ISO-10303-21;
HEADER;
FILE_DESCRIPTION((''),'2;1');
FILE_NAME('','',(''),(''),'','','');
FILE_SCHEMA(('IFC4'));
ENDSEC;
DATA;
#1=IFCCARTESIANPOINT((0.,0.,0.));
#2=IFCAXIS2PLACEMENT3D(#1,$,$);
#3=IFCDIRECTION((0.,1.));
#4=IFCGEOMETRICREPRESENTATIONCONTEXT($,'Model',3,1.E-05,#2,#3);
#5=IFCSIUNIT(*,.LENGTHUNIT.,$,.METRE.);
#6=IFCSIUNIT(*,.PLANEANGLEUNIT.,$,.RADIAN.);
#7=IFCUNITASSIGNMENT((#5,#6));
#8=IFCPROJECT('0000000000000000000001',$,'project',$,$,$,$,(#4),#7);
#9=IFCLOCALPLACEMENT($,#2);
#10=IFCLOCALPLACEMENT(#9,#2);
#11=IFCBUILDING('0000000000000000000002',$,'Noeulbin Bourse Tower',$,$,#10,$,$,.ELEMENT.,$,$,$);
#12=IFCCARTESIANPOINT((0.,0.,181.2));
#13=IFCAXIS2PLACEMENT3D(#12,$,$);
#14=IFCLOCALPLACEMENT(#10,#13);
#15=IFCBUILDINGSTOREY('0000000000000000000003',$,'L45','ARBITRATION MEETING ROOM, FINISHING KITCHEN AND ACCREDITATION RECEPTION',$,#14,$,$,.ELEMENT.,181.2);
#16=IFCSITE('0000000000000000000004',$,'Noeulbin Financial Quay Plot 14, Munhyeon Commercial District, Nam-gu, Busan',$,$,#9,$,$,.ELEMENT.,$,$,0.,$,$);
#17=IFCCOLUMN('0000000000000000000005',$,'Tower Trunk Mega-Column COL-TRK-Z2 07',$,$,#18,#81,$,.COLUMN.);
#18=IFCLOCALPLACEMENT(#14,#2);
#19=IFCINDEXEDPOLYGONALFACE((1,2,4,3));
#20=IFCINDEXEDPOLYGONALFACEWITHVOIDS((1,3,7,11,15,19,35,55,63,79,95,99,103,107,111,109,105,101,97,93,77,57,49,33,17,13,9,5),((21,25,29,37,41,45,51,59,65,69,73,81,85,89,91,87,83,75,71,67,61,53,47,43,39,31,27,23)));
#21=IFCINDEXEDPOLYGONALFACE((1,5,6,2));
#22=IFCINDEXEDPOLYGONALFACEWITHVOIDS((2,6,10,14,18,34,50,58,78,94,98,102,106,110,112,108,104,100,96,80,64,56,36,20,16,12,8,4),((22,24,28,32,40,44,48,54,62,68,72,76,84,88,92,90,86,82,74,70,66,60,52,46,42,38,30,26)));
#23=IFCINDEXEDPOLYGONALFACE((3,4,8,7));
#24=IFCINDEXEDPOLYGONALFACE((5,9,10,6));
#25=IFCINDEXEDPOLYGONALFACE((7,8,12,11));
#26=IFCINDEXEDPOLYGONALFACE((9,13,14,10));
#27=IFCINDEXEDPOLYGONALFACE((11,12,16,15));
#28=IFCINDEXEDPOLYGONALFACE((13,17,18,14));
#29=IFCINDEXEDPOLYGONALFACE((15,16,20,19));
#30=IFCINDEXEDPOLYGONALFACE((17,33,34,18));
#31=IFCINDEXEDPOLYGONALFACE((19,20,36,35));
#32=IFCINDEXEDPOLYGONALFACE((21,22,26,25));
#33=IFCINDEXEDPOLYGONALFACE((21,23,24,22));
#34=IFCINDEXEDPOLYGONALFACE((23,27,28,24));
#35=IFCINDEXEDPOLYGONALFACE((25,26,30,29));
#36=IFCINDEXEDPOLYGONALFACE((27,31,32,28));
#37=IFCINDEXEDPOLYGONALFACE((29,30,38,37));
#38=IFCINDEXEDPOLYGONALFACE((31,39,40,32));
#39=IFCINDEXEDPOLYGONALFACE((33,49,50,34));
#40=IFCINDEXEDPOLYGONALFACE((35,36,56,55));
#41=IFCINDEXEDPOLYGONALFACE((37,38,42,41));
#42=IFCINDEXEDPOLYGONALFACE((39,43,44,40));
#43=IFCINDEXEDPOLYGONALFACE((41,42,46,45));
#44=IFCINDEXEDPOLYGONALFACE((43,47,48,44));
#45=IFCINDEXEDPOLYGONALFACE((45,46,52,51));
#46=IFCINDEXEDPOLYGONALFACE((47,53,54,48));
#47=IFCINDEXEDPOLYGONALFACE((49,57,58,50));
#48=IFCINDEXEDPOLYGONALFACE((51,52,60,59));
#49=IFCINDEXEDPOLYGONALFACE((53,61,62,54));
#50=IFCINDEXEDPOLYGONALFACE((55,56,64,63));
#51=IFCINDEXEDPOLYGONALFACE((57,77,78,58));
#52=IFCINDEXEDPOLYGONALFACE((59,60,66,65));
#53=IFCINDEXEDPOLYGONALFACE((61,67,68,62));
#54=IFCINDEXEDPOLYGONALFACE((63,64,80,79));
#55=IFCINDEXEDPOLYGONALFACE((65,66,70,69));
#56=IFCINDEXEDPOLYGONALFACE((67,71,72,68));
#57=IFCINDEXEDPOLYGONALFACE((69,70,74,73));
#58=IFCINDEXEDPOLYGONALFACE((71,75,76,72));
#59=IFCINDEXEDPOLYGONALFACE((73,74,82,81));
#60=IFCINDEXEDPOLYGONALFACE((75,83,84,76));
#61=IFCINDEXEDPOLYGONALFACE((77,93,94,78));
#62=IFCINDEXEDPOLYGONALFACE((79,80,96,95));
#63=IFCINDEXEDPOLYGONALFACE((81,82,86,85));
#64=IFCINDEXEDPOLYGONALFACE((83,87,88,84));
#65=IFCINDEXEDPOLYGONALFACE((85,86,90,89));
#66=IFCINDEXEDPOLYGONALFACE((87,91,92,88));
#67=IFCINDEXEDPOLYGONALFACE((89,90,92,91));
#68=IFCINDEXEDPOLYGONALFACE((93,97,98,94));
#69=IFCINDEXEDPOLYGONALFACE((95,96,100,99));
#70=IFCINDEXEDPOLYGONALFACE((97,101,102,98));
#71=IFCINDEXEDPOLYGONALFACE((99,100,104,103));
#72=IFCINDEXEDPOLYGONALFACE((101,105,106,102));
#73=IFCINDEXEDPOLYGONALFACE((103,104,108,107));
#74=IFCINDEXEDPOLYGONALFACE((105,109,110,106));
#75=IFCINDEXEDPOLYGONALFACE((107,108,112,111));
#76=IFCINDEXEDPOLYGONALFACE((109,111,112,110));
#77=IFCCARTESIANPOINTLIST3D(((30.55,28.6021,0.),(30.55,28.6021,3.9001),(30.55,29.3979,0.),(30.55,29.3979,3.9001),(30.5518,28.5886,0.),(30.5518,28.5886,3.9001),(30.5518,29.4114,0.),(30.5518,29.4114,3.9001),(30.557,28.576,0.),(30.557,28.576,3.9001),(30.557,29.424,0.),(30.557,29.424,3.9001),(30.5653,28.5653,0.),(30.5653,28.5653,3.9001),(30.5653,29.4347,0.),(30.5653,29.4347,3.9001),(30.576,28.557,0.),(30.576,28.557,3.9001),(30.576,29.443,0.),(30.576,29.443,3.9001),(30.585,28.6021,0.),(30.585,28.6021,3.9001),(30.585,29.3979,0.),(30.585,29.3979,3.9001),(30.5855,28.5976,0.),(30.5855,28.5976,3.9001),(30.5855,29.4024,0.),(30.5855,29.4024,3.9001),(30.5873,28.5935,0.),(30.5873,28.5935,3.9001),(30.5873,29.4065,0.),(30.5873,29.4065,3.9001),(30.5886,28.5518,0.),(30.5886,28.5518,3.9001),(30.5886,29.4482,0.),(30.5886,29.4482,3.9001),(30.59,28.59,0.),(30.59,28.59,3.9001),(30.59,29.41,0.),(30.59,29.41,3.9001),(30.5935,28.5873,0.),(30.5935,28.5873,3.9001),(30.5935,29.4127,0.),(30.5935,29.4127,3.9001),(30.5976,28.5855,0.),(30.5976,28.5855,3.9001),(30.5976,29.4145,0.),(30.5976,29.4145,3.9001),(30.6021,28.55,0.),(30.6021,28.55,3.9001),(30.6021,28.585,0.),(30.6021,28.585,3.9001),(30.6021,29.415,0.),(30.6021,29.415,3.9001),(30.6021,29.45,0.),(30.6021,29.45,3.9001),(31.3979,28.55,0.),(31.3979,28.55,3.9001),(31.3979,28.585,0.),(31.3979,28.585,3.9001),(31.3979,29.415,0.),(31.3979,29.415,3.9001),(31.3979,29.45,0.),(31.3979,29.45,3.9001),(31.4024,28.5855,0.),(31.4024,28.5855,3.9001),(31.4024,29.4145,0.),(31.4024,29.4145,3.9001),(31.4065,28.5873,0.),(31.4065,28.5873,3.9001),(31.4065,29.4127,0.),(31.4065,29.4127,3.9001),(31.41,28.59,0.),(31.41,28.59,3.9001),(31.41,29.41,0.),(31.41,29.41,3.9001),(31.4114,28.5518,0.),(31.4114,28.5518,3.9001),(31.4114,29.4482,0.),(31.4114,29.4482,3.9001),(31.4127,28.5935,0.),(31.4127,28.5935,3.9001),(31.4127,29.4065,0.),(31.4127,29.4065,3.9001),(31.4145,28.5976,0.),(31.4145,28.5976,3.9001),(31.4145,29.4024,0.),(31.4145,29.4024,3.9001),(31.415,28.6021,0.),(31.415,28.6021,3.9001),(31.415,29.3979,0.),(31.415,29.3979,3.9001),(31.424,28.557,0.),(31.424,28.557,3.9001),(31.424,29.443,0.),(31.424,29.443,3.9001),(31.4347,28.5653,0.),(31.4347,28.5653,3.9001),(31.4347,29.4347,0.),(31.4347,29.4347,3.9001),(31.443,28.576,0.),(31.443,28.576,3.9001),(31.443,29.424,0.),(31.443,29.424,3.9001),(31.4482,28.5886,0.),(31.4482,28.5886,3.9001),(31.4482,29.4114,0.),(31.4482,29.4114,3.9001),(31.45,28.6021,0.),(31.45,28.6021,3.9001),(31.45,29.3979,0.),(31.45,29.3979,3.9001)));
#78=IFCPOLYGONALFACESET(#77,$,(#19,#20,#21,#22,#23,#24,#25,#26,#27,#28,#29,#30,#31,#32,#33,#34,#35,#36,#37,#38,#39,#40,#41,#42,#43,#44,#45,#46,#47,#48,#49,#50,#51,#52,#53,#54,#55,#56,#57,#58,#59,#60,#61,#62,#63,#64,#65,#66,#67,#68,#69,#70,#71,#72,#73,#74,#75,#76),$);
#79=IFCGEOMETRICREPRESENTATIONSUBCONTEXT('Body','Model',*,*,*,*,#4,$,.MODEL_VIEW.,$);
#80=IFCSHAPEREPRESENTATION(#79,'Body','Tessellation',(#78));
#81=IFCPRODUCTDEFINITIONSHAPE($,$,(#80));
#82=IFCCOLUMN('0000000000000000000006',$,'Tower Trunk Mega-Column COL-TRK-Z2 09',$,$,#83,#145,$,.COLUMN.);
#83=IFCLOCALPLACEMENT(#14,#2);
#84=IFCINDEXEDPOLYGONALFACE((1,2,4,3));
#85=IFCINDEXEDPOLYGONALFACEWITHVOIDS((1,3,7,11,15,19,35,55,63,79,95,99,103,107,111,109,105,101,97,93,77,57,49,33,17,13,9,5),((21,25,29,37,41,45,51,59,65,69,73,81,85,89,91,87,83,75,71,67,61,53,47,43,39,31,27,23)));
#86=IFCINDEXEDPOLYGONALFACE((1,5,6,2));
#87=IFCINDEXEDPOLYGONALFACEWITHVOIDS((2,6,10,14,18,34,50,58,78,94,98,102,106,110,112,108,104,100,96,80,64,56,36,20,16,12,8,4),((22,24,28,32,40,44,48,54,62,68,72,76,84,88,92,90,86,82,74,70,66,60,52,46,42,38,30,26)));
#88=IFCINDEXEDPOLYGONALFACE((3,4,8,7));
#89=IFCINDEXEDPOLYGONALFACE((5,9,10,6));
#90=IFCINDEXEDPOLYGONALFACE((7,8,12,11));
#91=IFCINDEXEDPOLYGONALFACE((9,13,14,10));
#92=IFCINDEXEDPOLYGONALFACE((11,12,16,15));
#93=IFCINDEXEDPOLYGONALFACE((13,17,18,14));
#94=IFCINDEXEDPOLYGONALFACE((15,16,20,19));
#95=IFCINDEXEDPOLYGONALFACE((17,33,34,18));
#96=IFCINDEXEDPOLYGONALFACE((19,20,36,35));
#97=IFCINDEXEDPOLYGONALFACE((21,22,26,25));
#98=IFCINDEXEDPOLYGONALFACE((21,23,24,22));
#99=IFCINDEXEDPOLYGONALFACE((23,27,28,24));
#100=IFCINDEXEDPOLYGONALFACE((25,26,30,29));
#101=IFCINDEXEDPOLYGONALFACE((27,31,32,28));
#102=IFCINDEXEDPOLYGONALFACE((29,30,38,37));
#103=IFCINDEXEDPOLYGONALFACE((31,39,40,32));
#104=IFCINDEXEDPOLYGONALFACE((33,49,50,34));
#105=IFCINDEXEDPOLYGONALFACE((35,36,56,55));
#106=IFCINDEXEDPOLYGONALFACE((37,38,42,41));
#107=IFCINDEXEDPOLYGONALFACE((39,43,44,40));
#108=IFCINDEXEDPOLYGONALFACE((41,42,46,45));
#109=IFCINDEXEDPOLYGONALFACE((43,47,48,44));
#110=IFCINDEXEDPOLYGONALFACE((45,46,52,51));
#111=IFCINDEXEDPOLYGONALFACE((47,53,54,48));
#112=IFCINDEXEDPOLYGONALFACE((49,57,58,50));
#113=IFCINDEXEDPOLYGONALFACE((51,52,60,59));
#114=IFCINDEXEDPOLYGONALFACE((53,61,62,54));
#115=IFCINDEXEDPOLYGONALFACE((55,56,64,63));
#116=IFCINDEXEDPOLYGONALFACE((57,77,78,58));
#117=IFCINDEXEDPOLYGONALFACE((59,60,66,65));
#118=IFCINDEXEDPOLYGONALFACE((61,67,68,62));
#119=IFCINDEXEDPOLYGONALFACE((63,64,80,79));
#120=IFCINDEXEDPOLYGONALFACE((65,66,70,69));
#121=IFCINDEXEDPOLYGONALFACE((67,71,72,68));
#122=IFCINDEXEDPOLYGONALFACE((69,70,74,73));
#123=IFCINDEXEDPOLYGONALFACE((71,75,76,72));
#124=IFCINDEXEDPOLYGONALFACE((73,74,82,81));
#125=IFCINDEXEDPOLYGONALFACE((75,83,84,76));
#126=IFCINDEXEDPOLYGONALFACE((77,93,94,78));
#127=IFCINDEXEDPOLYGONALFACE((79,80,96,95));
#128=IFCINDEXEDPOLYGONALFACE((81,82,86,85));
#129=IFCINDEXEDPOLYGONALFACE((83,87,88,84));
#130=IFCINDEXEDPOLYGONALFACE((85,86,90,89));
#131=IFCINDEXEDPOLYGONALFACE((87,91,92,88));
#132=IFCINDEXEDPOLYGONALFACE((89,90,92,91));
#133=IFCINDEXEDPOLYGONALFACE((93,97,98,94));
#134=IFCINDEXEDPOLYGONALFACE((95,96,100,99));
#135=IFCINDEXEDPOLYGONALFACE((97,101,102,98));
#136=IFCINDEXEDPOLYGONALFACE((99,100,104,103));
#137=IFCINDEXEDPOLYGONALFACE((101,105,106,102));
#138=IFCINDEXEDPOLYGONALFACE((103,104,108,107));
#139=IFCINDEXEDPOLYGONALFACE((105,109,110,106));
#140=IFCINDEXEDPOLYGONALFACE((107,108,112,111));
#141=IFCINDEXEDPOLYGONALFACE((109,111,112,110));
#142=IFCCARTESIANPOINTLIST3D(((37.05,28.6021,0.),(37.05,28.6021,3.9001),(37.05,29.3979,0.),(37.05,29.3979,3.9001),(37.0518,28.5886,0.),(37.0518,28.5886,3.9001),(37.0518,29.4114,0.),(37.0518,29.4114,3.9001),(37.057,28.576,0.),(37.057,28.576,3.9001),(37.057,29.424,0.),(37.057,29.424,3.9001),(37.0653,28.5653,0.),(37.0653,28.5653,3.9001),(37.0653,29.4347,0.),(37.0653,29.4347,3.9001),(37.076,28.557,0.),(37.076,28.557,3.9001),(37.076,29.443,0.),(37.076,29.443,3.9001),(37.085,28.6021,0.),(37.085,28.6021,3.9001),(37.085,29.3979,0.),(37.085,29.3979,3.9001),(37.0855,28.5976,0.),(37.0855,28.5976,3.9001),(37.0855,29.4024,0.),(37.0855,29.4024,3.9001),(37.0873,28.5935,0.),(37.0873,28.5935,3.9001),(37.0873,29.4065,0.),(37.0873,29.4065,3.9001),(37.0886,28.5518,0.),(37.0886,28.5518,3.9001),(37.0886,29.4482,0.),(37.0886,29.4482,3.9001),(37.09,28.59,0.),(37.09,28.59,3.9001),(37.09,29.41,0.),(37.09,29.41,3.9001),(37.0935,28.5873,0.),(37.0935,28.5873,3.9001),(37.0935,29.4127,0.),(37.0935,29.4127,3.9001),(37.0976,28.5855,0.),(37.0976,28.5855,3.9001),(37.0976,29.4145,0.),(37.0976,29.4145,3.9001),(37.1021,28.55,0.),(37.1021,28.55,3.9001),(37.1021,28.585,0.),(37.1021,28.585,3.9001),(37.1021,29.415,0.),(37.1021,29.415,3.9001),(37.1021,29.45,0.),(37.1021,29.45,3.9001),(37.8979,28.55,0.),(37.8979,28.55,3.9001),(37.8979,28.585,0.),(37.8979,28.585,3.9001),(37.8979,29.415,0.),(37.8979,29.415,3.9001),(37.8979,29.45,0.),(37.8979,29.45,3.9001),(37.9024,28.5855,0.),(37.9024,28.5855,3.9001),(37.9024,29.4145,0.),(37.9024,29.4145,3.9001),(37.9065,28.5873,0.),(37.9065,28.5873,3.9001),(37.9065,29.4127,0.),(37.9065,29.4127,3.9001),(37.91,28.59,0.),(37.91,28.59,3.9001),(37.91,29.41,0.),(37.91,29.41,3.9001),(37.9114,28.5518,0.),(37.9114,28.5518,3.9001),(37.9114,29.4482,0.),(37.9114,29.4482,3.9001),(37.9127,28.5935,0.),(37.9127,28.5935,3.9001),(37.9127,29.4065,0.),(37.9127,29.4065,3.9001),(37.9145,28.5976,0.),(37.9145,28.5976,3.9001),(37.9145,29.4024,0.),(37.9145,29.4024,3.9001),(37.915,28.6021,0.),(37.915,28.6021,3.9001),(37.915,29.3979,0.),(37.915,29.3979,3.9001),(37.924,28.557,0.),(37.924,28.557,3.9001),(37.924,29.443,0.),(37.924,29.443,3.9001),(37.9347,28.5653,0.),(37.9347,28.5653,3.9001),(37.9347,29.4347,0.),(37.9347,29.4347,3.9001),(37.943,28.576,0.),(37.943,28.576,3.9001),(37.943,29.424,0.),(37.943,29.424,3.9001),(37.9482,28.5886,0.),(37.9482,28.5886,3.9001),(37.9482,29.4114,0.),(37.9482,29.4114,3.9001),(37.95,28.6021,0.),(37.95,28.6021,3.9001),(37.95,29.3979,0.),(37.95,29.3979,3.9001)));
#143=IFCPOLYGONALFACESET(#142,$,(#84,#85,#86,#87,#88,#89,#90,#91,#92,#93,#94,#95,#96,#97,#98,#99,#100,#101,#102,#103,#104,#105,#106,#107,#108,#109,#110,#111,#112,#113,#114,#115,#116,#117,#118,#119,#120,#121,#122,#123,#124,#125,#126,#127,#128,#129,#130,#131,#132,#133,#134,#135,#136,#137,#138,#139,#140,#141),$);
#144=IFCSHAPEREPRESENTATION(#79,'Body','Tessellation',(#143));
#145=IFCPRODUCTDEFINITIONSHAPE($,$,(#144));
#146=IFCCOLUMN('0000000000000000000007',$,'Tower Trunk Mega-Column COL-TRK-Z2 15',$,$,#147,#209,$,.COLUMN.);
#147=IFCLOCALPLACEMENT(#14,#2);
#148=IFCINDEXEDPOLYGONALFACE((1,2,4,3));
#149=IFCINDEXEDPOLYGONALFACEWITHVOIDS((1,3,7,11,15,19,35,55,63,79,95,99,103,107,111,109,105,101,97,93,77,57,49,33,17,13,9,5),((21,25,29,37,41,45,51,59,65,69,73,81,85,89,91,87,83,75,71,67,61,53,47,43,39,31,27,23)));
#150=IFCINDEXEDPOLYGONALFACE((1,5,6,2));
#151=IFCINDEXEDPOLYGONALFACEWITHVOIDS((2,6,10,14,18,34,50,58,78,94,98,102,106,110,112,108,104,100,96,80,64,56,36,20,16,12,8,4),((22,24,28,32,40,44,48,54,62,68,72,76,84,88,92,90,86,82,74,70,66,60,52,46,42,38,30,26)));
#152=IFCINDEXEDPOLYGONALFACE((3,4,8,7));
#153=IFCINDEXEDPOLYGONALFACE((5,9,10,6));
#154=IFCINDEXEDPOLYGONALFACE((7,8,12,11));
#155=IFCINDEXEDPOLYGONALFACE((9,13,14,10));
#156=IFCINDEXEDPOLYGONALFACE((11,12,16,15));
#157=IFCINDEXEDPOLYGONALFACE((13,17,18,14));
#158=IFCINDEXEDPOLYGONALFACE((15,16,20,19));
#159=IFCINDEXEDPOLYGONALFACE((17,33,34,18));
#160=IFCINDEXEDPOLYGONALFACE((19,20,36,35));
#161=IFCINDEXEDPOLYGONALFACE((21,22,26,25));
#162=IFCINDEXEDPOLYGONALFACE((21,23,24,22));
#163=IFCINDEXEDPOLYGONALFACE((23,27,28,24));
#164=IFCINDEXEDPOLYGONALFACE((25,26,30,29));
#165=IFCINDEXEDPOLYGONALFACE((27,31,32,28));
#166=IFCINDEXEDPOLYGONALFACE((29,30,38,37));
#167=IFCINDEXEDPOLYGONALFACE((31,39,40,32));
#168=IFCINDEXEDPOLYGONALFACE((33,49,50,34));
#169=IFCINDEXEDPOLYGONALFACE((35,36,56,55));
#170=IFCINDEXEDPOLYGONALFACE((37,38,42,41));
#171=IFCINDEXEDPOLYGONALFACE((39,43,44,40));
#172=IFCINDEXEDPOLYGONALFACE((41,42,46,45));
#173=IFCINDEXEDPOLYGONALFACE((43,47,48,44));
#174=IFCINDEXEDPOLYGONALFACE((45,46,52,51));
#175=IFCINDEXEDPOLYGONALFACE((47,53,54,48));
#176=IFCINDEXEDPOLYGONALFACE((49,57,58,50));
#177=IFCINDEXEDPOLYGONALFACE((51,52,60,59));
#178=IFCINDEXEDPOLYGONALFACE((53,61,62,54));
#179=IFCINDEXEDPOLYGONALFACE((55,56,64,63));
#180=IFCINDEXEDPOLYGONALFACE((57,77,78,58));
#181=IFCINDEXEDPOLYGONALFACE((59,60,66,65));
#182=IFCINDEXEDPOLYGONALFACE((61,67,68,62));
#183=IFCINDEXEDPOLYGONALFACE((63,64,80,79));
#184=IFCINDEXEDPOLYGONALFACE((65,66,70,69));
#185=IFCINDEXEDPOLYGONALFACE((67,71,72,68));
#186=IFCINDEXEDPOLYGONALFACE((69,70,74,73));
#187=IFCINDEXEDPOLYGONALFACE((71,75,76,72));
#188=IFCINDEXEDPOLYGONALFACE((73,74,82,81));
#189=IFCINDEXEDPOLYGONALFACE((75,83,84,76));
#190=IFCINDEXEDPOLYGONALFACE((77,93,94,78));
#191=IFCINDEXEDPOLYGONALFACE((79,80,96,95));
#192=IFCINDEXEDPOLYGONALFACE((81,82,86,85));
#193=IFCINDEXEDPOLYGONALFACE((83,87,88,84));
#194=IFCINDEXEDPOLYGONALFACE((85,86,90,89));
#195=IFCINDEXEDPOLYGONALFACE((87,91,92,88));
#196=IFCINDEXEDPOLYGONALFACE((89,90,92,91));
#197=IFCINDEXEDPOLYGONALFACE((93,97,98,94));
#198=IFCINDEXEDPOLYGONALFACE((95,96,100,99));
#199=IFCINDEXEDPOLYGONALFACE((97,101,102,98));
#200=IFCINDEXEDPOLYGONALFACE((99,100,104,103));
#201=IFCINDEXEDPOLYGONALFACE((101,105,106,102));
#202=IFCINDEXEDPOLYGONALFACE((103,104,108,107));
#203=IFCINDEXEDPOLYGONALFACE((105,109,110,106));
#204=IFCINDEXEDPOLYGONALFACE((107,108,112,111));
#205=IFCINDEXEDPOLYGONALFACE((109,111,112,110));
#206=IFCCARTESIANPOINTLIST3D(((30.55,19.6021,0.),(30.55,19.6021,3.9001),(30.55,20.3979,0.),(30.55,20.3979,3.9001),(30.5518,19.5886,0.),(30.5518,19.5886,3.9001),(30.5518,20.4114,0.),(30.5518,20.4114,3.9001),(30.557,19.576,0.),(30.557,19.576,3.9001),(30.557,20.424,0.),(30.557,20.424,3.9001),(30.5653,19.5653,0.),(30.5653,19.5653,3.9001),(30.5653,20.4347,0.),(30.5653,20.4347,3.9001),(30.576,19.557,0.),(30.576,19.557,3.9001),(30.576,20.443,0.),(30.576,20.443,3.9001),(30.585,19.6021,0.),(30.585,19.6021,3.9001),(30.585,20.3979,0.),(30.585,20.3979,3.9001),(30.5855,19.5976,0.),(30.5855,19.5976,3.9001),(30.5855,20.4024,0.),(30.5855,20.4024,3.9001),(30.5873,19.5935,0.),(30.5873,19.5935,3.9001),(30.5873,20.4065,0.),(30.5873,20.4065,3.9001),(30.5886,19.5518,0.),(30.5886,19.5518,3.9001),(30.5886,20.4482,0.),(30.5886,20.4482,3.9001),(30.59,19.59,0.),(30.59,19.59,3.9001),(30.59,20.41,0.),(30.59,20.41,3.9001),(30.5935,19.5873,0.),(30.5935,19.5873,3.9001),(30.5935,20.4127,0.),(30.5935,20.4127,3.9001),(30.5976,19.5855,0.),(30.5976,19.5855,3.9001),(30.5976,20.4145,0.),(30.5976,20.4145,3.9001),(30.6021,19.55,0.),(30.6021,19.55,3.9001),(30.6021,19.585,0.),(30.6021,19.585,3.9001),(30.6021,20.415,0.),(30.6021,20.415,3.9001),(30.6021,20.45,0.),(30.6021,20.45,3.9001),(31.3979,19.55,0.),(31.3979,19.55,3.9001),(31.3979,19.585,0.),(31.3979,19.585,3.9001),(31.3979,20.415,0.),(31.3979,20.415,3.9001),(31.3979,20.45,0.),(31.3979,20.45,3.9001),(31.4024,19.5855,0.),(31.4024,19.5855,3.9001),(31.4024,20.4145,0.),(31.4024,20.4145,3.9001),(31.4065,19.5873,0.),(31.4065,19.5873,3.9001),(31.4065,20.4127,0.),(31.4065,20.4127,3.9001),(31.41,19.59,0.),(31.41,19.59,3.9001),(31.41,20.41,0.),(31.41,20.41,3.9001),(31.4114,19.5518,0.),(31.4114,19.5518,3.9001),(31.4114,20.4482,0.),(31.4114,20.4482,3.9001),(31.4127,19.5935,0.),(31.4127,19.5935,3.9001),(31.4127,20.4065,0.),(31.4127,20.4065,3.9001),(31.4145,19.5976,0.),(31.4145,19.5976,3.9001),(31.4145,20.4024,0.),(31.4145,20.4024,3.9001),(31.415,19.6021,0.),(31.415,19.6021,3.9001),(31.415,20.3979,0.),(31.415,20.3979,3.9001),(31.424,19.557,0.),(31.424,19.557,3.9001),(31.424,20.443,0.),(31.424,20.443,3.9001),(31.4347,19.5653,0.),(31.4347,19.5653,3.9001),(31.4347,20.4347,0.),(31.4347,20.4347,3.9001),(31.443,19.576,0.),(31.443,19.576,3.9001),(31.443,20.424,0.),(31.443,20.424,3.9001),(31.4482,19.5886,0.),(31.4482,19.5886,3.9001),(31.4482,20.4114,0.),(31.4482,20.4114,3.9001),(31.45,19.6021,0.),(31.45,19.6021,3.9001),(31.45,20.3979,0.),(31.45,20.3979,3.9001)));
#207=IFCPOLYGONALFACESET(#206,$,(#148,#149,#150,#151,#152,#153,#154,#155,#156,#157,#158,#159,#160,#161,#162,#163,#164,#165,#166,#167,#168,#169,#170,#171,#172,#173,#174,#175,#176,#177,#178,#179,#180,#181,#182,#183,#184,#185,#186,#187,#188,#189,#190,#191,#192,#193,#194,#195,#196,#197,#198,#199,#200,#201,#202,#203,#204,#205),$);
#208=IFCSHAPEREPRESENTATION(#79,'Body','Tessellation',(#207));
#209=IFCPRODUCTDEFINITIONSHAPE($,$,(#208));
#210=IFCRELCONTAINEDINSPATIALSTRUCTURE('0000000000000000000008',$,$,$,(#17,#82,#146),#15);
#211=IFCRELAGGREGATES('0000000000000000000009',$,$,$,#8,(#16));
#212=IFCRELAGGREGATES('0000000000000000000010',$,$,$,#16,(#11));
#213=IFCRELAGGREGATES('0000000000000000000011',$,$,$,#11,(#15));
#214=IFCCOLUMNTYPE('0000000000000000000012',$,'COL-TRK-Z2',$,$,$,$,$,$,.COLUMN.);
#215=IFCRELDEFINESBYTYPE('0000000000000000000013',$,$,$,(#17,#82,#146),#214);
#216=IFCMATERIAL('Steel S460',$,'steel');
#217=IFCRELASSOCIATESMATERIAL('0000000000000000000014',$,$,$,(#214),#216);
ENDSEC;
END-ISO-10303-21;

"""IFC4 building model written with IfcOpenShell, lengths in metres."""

from ifc_helpers import new_model, si_unit, direction, frame, origin, origin_2d, place, context, subcontext, project, spatial, hollow_rectangle, extrude, material, material_profile, profile_set, type_object, element, save


model = new_model("IFC4")

# Units and contexts
model_context = context("Model", 3, precision=1e-05, world=origin(), true_north=direction((0.0, 1.0)))
body_context = subcontext(model_context, "Body", "Model", "MODEL_VIEW")
ifc_project = project(units=[si_unit("LENGTHUNIT", "METRE"), si_unit("PLANEANGLEUNIT", "RADIAN")], contexts=[model_context])

# Site, building, storey
site_placement = place(None, origin())
site = spatial("IfcSite", under=ifc_project, at=site_placement, Name="Noeulbin Financial Quay Plot 14, Munhyeon Commercial District, Nam-gu, Busan", CompositionType="ELEMENT", RefElevation=0.0)
building_placement = place(site_placement, origin())
building = spatial("IfcBuilding", under=site, at=building_placement, Name="Noeulbin Bourse Tower", CompositionType="ELEMENT")
storey_placement = place(building_placement, frame((0.0, 0.0, 181.2)))
storey = spatial("IfcBuildingStorey", under=building, at=storey_placement, Name="L45", Description="ARBITRATION MEETING ROOM, FINISHING KITCHEN AND ACCREDITATION RECEPTION", CompositionType="ELEMENT", Elevation=181.2)

# Columns
ifc_material_1 = material(Name="Steel S460", Category="steel")
ifc_material_profile_1 = material_profile(ifc_material_1, hollow_rectangle(XDim=0.8999, YDim=0.8999, WallThickness=0.0349, InnerFilletRadius=0.0171, OuterFilletRadius=0.052, at=origin_2d()), Name="BOX-900x900x35", Category="LoadBearing")
ifc_profile_set_1 = profile_set([ifc_material_profile_1], Name="Steel S460")
column_type = type_object("IfcColumnType", Name="COL-TRK-Z2", PredefinedType="COLUMN", material=ifc_profile_set_1)
for number, where, z_axis, x_axis, name in (
    (1, (31.0, 29.0, 0.0), (0.0, 0.0, 1.0), (1.0, 0.0, 0.0), "Tower Trunk Mega-Column COL-TRK-Z2 07"),
    (2, (37.5, 29.0, 0.0), (0.0, 0.0, 1.0), (1.0, 0.0, 0.0), "Tower Trunk Mega-Column COL-TRK-Z2 09"),
    (3, (31.0, 20.0, 0.0), (0.0, 0.0, 1.0), (1.0, 0.0, 0.0), "Tower Trunk Mega-Column COL-TRK-Z2 15"),
):
    element("IfcColumn", number, at=place(storey_placement, frame(where, z_axis=z_axis, x_axis=x_axis)), inside=storey, type_object=column_type, Name=name, PredefinedType="COLUMN", context=body_context, shape_type="SweptSolid", body=[
        extrude(hollow_rectangle(XDim=0.8999, YDim=0.8999, WallThickness=0.0349, InnerFilletRadius=0.0171, OuterFilletRadius=0.052, at=origin_2d()), origin(), (0.0, 0.0, 1.0), 3.9001),
    ])

save(model, "model.ifc")
